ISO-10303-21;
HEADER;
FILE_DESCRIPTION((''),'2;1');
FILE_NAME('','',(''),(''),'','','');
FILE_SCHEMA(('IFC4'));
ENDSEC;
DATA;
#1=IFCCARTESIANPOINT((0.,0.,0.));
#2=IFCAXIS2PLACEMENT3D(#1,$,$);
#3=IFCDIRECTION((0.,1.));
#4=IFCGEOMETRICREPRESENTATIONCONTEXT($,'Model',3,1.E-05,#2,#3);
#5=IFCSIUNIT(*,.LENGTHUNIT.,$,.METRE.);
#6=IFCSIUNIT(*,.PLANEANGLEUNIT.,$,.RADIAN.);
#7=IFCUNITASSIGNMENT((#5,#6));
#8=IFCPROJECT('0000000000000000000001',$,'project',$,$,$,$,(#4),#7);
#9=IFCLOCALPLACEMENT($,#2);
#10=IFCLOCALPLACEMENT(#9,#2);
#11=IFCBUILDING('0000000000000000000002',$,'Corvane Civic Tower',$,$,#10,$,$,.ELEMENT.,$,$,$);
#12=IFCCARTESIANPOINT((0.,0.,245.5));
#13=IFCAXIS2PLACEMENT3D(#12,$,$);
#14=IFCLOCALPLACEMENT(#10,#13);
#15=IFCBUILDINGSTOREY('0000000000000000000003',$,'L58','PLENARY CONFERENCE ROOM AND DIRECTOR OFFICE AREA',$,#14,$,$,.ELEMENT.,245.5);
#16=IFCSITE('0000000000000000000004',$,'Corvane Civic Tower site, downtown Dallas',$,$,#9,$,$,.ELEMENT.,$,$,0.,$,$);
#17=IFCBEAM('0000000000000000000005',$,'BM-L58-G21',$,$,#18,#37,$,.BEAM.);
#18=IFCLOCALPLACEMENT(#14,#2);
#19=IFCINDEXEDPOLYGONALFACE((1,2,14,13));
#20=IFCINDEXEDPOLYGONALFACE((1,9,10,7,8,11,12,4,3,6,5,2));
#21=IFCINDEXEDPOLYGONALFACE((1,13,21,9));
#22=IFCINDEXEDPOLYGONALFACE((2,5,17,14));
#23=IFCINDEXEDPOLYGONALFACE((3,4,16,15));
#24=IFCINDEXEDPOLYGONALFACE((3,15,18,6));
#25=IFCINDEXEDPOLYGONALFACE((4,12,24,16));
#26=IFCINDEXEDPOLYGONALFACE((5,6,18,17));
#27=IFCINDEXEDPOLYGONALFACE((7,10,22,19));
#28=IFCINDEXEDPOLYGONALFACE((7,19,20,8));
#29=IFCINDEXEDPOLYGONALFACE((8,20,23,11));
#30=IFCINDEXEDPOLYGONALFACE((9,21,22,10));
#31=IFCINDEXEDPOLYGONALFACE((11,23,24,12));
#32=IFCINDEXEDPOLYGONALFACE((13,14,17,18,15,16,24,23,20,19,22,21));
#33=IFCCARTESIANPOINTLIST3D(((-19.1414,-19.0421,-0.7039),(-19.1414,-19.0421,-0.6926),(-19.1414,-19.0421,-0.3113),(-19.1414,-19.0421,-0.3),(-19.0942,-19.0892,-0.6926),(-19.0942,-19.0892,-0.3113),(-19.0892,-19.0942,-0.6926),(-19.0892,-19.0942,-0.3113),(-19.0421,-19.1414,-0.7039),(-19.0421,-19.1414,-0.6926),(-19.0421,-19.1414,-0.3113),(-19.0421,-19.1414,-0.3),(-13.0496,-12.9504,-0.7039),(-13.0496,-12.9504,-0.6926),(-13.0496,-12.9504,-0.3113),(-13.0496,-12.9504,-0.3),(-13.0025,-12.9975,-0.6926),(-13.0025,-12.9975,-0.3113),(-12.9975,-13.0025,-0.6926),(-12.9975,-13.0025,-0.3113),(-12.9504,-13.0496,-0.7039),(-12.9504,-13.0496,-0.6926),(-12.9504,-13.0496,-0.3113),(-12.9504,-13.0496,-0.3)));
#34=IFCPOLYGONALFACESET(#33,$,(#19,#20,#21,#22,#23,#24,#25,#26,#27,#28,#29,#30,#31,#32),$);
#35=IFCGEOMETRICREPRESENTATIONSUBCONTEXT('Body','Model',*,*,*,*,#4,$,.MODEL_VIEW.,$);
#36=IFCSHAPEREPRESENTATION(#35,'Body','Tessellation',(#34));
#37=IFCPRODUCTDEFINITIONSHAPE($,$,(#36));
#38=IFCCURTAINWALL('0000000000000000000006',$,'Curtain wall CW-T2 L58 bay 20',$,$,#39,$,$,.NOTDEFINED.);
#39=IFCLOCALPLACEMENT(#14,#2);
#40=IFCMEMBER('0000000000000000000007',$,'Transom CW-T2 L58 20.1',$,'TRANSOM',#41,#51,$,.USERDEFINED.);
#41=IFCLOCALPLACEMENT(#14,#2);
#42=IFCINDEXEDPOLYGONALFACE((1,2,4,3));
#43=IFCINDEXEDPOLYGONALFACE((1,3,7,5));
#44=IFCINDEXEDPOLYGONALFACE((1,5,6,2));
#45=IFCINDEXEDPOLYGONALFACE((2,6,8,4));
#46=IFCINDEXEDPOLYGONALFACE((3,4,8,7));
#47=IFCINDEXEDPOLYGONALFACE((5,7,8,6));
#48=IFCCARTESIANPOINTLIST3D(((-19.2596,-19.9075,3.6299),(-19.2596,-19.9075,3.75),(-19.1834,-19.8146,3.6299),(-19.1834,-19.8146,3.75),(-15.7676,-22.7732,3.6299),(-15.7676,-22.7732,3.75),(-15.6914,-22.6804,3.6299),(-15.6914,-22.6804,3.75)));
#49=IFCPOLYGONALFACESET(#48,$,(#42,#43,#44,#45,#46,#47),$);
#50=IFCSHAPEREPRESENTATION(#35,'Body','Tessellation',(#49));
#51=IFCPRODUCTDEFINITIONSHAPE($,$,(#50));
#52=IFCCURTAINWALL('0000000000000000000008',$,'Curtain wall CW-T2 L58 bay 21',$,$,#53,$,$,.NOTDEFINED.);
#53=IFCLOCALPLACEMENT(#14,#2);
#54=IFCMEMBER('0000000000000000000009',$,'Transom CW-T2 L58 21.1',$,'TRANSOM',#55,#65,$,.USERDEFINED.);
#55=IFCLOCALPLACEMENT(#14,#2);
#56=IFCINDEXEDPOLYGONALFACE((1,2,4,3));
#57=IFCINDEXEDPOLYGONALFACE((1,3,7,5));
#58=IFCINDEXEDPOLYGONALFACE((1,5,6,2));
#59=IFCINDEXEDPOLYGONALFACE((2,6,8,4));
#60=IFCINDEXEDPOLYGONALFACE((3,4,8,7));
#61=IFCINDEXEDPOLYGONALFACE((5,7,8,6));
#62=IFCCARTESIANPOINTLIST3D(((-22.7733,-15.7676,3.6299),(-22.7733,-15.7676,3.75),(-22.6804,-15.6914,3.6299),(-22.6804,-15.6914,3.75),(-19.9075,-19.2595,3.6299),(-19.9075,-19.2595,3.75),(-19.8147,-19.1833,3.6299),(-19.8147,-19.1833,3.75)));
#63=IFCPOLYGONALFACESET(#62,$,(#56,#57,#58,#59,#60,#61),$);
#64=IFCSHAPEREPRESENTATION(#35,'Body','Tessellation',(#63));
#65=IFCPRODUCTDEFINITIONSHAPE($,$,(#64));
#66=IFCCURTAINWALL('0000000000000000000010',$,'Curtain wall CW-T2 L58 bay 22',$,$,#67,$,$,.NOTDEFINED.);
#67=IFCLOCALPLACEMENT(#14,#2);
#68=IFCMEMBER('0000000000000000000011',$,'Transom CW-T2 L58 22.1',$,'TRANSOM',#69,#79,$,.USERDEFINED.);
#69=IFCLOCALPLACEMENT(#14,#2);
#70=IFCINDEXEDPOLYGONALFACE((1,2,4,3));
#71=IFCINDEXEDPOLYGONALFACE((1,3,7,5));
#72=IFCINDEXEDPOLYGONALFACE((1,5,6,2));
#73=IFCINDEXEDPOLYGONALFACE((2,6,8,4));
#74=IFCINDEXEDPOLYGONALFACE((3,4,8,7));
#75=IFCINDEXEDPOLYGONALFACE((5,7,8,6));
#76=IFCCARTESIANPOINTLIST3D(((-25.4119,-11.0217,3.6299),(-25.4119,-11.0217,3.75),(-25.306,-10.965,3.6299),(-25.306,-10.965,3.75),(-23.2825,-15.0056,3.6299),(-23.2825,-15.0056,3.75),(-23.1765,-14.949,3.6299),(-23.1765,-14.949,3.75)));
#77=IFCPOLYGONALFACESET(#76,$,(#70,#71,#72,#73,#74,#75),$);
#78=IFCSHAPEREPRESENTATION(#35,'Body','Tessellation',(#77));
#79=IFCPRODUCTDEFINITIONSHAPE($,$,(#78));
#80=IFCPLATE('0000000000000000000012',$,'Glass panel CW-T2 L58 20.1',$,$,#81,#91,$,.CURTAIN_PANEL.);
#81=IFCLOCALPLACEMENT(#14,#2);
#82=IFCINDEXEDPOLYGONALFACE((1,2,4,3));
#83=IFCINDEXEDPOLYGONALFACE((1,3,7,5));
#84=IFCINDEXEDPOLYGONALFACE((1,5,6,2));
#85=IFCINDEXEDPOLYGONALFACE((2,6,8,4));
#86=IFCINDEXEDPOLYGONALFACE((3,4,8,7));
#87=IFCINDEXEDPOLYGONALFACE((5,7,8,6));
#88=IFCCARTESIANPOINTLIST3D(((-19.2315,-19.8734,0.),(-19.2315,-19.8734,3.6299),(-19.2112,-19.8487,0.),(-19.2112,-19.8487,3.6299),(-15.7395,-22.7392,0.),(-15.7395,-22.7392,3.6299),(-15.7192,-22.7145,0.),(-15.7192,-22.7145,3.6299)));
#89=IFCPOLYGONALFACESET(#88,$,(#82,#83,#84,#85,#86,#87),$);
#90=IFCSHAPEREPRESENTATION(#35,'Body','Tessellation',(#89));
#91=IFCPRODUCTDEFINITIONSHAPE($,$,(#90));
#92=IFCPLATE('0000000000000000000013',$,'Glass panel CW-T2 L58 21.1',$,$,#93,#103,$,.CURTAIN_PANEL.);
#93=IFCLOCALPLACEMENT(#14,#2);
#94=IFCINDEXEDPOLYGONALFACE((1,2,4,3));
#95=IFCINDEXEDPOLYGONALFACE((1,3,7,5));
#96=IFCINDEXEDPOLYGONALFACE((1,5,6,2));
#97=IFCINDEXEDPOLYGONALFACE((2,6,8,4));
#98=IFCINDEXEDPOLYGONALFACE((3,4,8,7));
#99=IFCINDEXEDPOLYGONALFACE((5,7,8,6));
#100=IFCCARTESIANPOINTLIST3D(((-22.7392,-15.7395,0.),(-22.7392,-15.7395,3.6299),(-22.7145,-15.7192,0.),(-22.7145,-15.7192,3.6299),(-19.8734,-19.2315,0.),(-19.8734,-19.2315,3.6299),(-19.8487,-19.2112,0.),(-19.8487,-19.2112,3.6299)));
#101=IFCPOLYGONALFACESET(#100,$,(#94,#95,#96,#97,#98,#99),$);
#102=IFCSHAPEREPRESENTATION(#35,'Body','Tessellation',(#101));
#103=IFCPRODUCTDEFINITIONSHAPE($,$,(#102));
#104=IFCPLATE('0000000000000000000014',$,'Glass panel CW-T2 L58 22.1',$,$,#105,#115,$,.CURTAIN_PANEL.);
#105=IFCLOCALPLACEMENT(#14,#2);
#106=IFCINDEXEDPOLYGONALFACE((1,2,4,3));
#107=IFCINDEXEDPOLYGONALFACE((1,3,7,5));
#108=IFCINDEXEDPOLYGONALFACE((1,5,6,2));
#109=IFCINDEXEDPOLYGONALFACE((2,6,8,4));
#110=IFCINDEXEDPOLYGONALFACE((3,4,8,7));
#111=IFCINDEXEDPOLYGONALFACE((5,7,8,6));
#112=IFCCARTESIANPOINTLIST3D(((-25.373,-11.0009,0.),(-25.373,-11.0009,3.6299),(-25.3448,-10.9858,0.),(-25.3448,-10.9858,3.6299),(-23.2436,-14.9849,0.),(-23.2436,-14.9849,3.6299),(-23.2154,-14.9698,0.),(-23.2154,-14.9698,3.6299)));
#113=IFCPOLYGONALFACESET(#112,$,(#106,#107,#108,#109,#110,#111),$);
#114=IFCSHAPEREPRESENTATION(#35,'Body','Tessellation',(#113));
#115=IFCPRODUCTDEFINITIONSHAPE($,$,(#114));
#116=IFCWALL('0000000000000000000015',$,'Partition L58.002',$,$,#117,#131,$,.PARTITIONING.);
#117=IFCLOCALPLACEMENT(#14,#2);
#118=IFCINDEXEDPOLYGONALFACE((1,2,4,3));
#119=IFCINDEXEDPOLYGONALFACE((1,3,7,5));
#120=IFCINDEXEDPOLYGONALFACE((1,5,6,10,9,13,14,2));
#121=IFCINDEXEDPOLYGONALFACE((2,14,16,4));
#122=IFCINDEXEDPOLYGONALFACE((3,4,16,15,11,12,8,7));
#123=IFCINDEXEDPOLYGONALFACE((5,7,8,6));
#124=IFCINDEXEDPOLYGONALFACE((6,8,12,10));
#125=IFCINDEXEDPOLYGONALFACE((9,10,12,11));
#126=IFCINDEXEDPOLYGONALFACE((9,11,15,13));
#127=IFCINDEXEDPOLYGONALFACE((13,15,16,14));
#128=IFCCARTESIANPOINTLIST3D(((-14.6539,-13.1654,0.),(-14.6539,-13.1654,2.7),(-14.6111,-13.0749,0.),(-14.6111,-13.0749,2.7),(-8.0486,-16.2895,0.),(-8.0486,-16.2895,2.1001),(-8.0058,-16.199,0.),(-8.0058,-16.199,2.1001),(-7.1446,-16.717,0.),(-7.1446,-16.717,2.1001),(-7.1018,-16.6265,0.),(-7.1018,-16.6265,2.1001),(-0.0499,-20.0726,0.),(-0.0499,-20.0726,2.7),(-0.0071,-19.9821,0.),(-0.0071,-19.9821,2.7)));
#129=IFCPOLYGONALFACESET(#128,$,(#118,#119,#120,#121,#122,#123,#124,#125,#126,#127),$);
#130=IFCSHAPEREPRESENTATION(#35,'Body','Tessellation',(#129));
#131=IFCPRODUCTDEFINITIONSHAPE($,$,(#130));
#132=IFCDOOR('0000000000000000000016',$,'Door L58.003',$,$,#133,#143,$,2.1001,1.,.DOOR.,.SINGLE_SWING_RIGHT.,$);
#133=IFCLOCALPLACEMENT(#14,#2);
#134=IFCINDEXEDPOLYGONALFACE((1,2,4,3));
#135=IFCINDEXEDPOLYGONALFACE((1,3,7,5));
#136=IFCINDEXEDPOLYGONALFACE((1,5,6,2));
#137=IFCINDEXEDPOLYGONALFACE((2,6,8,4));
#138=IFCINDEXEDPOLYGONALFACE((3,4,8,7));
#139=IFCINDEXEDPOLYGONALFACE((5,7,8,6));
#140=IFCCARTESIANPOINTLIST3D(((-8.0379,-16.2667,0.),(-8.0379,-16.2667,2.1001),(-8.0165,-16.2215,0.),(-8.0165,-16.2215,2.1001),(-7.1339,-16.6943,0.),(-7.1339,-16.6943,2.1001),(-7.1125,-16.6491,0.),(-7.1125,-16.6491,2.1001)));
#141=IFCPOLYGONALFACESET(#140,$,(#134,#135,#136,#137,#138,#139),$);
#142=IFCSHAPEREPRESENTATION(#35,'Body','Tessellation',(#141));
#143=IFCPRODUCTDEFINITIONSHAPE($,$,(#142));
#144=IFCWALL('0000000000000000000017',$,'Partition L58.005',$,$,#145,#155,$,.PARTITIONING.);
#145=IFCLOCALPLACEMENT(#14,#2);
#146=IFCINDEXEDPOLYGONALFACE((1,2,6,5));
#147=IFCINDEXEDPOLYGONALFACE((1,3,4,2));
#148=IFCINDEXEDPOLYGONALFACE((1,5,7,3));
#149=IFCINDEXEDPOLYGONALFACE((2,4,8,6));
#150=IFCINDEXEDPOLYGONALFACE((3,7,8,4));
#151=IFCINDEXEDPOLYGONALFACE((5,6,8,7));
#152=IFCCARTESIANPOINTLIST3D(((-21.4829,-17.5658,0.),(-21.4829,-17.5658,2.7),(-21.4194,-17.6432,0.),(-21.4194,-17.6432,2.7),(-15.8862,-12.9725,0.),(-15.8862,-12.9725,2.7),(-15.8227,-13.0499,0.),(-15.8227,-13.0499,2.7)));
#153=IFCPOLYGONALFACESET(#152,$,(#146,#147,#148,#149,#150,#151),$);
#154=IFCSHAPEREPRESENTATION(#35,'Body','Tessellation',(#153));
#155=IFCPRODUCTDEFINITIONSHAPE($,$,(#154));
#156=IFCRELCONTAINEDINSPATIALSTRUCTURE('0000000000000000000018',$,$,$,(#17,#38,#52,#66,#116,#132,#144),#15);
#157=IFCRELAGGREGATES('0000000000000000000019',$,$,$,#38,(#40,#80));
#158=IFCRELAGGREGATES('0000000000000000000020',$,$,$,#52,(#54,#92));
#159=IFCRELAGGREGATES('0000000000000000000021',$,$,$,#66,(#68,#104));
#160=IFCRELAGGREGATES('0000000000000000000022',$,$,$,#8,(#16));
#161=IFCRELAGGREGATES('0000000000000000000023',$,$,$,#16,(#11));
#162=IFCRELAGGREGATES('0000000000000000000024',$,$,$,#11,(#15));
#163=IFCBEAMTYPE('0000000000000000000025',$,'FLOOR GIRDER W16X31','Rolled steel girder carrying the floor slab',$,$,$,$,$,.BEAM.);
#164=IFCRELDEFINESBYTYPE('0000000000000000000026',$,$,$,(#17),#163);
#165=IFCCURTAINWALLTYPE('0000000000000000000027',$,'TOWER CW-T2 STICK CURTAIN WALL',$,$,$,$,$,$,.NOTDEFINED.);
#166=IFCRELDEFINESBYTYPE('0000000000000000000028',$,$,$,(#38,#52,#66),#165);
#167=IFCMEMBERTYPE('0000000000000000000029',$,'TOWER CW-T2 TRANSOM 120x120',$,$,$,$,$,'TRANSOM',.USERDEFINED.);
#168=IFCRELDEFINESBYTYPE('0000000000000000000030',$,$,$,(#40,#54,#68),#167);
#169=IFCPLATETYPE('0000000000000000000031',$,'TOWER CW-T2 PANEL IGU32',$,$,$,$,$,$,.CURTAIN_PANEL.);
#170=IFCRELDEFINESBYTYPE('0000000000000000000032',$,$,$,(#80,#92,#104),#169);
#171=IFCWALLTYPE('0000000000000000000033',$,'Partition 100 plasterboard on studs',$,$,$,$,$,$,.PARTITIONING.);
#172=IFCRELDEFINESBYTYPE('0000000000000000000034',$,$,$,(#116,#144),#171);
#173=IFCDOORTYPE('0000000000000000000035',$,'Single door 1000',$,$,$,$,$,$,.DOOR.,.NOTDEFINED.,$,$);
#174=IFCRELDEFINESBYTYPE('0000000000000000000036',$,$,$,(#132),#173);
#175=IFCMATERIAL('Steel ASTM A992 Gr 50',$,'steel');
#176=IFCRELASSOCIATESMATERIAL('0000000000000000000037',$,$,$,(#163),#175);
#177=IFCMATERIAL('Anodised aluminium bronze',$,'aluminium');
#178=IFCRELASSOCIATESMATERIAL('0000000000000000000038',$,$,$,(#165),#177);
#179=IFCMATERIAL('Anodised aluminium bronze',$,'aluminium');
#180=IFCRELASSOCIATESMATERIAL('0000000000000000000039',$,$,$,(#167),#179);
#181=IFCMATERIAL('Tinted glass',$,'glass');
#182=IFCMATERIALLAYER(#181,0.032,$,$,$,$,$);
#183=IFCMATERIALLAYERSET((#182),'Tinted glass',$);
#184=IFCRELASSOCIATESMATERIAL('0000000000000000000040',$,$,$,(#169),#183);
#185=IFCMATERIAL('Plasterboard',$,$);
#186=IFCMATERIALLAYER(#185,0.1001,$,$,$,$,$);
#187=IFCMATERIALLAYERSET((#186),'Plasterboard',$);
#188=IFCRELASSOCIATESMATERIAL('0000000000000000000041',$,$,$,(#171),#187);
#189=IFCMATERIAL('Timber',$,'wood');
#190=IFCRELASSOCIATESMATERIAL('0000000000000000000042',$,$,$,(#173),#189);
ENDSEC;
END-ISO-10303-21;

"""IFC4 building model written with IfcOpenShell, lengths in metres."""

from ifc_helpers import new_model, si_unit, direction, frame, frame_2d, origin, origin_2d, place, context, subcontext, project, spatial, rectangle, i_section, extrude, material, layer, layer_set, material_profile, profile_set, type_object, element, fill, aggregate, save


model = new_model("IFC4")

# Units and contexts
model_context = context("Model", 3, precision=1e-05, world=origin(), true_north=direction((0.0, 1.0)))
body_context = subcontext(model_context, "Body", "Model", "MODEL_VIEW")
ifc_project = project(units=[si_unit("LENGTHUNIT", "METRE"), si_unit("PLANEANGLEUNIT", "RADIAN")], contexts=[model_context])

# Site, building, storey
site_placement = place(None, origin())
site = spatial("IfcSite", under=ifc_project, at=site_placement, Name="Corvane Civic Tower site, downtown Dallas", CompositionType="ELEMENT", RefElevation=0.0)
building_placement = place(site_placement, origin())
building = spatial("IfcBuilding", under=site, at=building_placement, Name="Corvane Civic Tower", CompositionType="ELEMENT")
storey_placement = place(building_placement, frame((0.0, 0.0, 245.5)))
storey = spatial("IfcBuildingStorey", under=building, at=storey_placement, Name="L58", Description="PLENARY CONFERENCE ROOM AND DIRECTOR OFFICE AREA", CompositionType="ELEMENT", Elevation=245.5)

# Beam
ifc_material_1 = material(Name="Steel ASTM A992 Gr 50", Category="steel")
ifc_material_profile_1 = material_profile(ifc_material_1, i_section(OverallWidth=0.1404, OverallDepth=0.4038, WebThickness=0.0071, FlangeThickness=0.0112, at=origin_2d()), Name="W16X31")
ifc_profile_set_1 = profile_set([ifc_material_profile_1], Name="Steel ASTM A992 Gr 50")
beam_type_1 = type_object("IfcBeamType", Name="FLOOR GIRDER W16X31", Description="Rolled steel girder carrying the floor slab", PredefinedType="BEAM", material=ifc_profile_set_1)
beam_placement = place(storey_placement, frame((-13.0, -13.0, -0.502), z_axis=(-0.707107, -0.707107, 0.0), x_axis=(0.707107, -0.707107, 0.0)))
element("IfcBeam", 1, at=beam_placement, inside=storey, type_object=beam_type_1, Name="BM-L58-G21", PredefinedType="BEAM", context=body_context, shape_type="SweptSolid", body=[
    extrude(i_section(OverallWidth=0.1404, OverallDepth=0.4038, WebThickness=0.0071, FlangeThickness=0.0112, at=origin_2d()), origin(), (0.0, 0.0, 1.0), 8.615),
])

# Curtain walls, members
ifc_material_2 = material(Name="Anodised aluminium bronze", Category="aluminium")
curtain_wall_type = type_object("IfcCurtainWallType", Name="TOWER CW-T2 STICK CURTAIN WALL", PredefinedType="NOTDEFINED", material=ifc_material_2)
curtain_wall_1_placement = place(storey_placement, origin())
curtain_wall_1 = element("IfcCurtainWall", 2, at=curtain_wall_1_placement, inside=storey, type_object=curtain_wall_type, Name="Curtain wall CW-T2 L58 bay 20", PredefinedType="NOTDEFINED")
ifc_material_3 = material(Name="Anodised aluminium bronze", Category="aluminium")
ifc_material_profile_2 = material_profile(ifc_material_3, rectangle(XDim=0.1201, YDim=0.1201, at=origin_2d()), Name="TOWER CW-T2 TRANSOM 120x120")
ifc_profile_set_2 = profile_set([ifc_material_profile_2], Name="Anodised aluminium bronze")
member_type = type_object("IfcMemberType", Name="TOWER CW-T2 TRANSOM 120x120", ElementType="TRANSOM", PredefinedType="USERDEFINED", material=ifc_profile_set_2)
member_1_placement = place(storey_placement, frame((-15.7295, -22.7268, 3.6899), z_axis=(-0.773015, 0.634388, 0.0), x_axis=(-0.634388, -0.773015, 0.0)))
member_1 = element("IfcMember", 3, at=member_1_placement, type_object=member_type, Name="Transom CW-T2 L58 20.1", ObjectType="TRANSOM", PredefinedType="USERDEFINED", context=body_context, shape_type="SweptSolid", body=[
    extrude(rectangle(XDim=0.1201, YDim=0.1201, at=origin_2d()), origin(), (0.0, 0.0, 1.0), 4.5173),
])
curtain_wall_2_placement = place(storey_placement, origin())
curtain_wall_2 = element("IfcCurtainWall", 4, at=curtain_wall_2_placement, inside=storey, type_object=curtain_wall_type, Name="Curtain wall CW-T2 L58 bay 21", PredefinedType="NOTDEFINED")
member_2_placement = place(storey_placement, frame((-19.8611, -19.2214, 3.6899), z_axis=(-0.634388, 0.773015, 0.0), x_axis=(-0.773015, -0.634388, 0.0)))
member_2 = element("IfcMember", 5, at=member_2_placement, type_object=member_type, Name="Transom CW-T2 L58 21.1", ObjectType="TRANSOM", PredefinedType="USERDEFINED", context=body_context, shape_type="SweptSolid", body=[
    extrude(rectangle(XDim=0.1201, YDim=0.1201, at=origin_2d()), origin(), (0.0, 0.0, 1.0), 4.5173),
])
curtain_wall_3_placement = place(storey_placement, origin())
curtain_wall_3 = element("IfcCurtainWall", 6, at=curtain_wall_3_placement, inside=storey, type_object=curtain_wall_type, Name="Curtain wall CW-T2 L58 bay 22", PredefinedType="NOTDEFINED")
member_3_placement = place(storey_placement, frame((-23.2295, -14.9773, 3.6899), z_axis=(-0.47139, 0.881925, 0.0), x_axis=(-0.881925, -0.47139, 0.0)))
member_3 = element("IfcMember", 7, at=member_3_placement, type_object=member_type, Name="Transom CW-T2 L58 22.1", ObjectType="TRANSOM", PredefinedType="USERDEFINED", context=body_context, shape_type="SweptSolid", body=[
    extrude(rectangle(XDim=0.1201, YDim=0.1201, at=origin_2d()), origin(), (0.0, 0.0, 1.0), 4.5173),
])

# Plates
ifc_material_4 = material(Name="Tinted glass", Category="glass")
ifc_layer_1 = layer(ifc_material_4, 0.032)
ifc_layer_set_1 = layer_set([ifc_layer_1], Name="Tinted glass")
plate_type = type_object("IfcPlateType", Name="TOWER CW-T2 PANEL IGU32", PredefinedType="CURTAIN_PANEL", material=ifc_layer_set_1)
plate_1_placement = place(storey_placement, frame((-17.4753, -21.2939, 0.0), z_axis=(0.0, 0.0, 1.0), x_axis=(-0.773012, 0.634391, 0.0)))
plate_1 = element("IfcPlate", 8, at=plate_1_placement, type_object=plate_type, Name="Glass panel CW-T2 L58 20.1", PredefinedType="CURTAIN_PANEL", context=body_context, shape_type="SweptSolid", body=[
    extrude(rectangle(XDim=4.5173, YDim=0.032, at=origin_2d()), origin(), (0.0, 0.0, 1.0), 3.6299),
])
aggregate(curtain_wall_1, [member_1, plate_1])
plate_2_placement = place(storey_placement, frame((-21.2939, -17.4753, 0.0), z_axis=(0.0, 0.0, 1.0), x_axis=(-0.634391, 0.773012, 0.0)))
plate_2 = element("IfcPlate", 9, at=plate_2_placement, type_object=plate_type, Name="Glass panel CW-T2 L58 21.1", PredefinedType="CURTAIN_PANEL", context=body_context, shape_type="SweptSolid", body=[
    extrude(rectangle(XDim=4.5173, YDim=0.032, at=origin_2d()), origin(), (0.0, 0.0, 1.0), 3.6299),
])
aggregate(curtain_wall_2, [member_2, plate_2])
plate_3_placement = place(storey_placement, frame((-24.2942, -12.9854, 0.0), z_axis=(0.0, 0.0, 1.0), x_axis=(-0.471398, 0.88192, 0.0)))
plate_3 = element("IfcPlate", 10, at=plate_3_placement, type_object=plate_type, Name="Glass panel CW-T2 L58 22.1", PredefinedType="CURTAIN_PANEL", context=body_context, shape_type="SweptSolid", body=[
    extrude(rectangle(XDim=4.5173, YDim=0.032, at=origin_2d()), origin(), (0.0, 0.0, 1.0), 3.6299),
])
aggregate(curtain_wall_3, [member_3, plate_3])

# Wall, opening, door
ifc_material_5 = material(Name="Plasterboard")
ifc_layer_2 = layer(ifc_material_5, 0.1001)
ifc_layer_set_2 = layer_set([ifc_layer_2], Name="Plasterboard")
wall_type_1 = type_object("IfcWallType", Name="Partition 100 plasterboard on studs", PredefinedType="PARTITIONING", material=ifc_layer_set_2)
wall_1_placement = place(storey_placement, frame((-14.6326, -13.1201, 0.0), z_axis=(0.0, 0.0, 1.0), x_axis=(0.903988, -0.427557, 0.0)))
wall_1 = element("IfcWall", 11, at=wall_1_placement, inside=storey, type_object=wall_type_1, Name="Partition L58.002", PredefinedType="PARTITIONING", context=body_context, shape_type="SweptSolid", body=[
    extrude(rectangle(XDim=16.155, YDim=0.1001, at=frame_2d((8.0776, 0.0))), origin(), (0.0, 0.0, 1.0), 2.7),
])
opening_1_placement = place(wall_1_placement, frame((7.3069, 0.0, 0.0)))
opening_1 = element("IfcOpeningElement", 12, at=opening_1_placement, cuts=wall_1, PredefinedType="OPENING", context=body_context, shape_type="SweptSolid", body=[
    extrude(rectangle(XDim=1.0, YDim=2.1001, at=frame_2d((0.5, 1.05))), frame((0.0, 0.0601, 0.0), z_axis=(0.0, -1.0, 0.0), x_axis=(1.0, 0.0, 0.0)), (0.0, 0.0, 1.0), 0.1201),
])
ifc_material_6 = material(Name="Timber", Category="wood")
door_type_1 = type_object("IfcDoorType", Name="Single door 1000", OperationType="NOTDEFINED", PredefinedType="DOOR", material=ifc_material_6)
door_1_placement = place(opening_1_placement, frame((1.0, 0.0, 0.0), z_axis=(0.0, 0.0, 1.0), x_axis=(-1.0, 0.0, 0.0)))
door_1 = element("IfcDoor", 13, at=door_1_placement, inside=storey, type_object=door_type_1, Name="Door L58.003", OperationType="SINGLE_SWING_RIGHT", OverallHeight=2.1001, OverallWidth=1.0, PredefinedType="DOOR", context=body_context, shape_type="SweptSolid", body=[
    extrude(rectangle(XDim=1.0, YDim=2.1001, at=frame_2d((0.5, 1.05))), frame((0.0, 0.0249, 0.0), z_axis=(0.0, -1.0, 0.0), x_axis=(1.0, 0.0, 0.0)), (0.0, 0.0, 1.0), 0.05),
])
fill(opening_1, door_1)

# Wall
wall_2_placement = place(storey_placement, frame((-21.4512, -17.6045, 0.0), z_axis=(0.0, 0.0, 1.0), x_axis=(0.772998, 0.634409, 0.0)))
element("IfcWall", 14, at=wall_2_placement, inside=storey, type_object=wall_type_1, Name="Partition L58.005", PredefinedType="PARTITIONING", context=body_context, shape_type="SweptSolid", body=[
    extrude(rectangle(XDim=7.2402, YDim=0.1001, at=frame_2d((3.6201, 0.0))), origin(), (0.0, 0.0, 1.0), 2.7),
])

save(model, "model.ifc")
